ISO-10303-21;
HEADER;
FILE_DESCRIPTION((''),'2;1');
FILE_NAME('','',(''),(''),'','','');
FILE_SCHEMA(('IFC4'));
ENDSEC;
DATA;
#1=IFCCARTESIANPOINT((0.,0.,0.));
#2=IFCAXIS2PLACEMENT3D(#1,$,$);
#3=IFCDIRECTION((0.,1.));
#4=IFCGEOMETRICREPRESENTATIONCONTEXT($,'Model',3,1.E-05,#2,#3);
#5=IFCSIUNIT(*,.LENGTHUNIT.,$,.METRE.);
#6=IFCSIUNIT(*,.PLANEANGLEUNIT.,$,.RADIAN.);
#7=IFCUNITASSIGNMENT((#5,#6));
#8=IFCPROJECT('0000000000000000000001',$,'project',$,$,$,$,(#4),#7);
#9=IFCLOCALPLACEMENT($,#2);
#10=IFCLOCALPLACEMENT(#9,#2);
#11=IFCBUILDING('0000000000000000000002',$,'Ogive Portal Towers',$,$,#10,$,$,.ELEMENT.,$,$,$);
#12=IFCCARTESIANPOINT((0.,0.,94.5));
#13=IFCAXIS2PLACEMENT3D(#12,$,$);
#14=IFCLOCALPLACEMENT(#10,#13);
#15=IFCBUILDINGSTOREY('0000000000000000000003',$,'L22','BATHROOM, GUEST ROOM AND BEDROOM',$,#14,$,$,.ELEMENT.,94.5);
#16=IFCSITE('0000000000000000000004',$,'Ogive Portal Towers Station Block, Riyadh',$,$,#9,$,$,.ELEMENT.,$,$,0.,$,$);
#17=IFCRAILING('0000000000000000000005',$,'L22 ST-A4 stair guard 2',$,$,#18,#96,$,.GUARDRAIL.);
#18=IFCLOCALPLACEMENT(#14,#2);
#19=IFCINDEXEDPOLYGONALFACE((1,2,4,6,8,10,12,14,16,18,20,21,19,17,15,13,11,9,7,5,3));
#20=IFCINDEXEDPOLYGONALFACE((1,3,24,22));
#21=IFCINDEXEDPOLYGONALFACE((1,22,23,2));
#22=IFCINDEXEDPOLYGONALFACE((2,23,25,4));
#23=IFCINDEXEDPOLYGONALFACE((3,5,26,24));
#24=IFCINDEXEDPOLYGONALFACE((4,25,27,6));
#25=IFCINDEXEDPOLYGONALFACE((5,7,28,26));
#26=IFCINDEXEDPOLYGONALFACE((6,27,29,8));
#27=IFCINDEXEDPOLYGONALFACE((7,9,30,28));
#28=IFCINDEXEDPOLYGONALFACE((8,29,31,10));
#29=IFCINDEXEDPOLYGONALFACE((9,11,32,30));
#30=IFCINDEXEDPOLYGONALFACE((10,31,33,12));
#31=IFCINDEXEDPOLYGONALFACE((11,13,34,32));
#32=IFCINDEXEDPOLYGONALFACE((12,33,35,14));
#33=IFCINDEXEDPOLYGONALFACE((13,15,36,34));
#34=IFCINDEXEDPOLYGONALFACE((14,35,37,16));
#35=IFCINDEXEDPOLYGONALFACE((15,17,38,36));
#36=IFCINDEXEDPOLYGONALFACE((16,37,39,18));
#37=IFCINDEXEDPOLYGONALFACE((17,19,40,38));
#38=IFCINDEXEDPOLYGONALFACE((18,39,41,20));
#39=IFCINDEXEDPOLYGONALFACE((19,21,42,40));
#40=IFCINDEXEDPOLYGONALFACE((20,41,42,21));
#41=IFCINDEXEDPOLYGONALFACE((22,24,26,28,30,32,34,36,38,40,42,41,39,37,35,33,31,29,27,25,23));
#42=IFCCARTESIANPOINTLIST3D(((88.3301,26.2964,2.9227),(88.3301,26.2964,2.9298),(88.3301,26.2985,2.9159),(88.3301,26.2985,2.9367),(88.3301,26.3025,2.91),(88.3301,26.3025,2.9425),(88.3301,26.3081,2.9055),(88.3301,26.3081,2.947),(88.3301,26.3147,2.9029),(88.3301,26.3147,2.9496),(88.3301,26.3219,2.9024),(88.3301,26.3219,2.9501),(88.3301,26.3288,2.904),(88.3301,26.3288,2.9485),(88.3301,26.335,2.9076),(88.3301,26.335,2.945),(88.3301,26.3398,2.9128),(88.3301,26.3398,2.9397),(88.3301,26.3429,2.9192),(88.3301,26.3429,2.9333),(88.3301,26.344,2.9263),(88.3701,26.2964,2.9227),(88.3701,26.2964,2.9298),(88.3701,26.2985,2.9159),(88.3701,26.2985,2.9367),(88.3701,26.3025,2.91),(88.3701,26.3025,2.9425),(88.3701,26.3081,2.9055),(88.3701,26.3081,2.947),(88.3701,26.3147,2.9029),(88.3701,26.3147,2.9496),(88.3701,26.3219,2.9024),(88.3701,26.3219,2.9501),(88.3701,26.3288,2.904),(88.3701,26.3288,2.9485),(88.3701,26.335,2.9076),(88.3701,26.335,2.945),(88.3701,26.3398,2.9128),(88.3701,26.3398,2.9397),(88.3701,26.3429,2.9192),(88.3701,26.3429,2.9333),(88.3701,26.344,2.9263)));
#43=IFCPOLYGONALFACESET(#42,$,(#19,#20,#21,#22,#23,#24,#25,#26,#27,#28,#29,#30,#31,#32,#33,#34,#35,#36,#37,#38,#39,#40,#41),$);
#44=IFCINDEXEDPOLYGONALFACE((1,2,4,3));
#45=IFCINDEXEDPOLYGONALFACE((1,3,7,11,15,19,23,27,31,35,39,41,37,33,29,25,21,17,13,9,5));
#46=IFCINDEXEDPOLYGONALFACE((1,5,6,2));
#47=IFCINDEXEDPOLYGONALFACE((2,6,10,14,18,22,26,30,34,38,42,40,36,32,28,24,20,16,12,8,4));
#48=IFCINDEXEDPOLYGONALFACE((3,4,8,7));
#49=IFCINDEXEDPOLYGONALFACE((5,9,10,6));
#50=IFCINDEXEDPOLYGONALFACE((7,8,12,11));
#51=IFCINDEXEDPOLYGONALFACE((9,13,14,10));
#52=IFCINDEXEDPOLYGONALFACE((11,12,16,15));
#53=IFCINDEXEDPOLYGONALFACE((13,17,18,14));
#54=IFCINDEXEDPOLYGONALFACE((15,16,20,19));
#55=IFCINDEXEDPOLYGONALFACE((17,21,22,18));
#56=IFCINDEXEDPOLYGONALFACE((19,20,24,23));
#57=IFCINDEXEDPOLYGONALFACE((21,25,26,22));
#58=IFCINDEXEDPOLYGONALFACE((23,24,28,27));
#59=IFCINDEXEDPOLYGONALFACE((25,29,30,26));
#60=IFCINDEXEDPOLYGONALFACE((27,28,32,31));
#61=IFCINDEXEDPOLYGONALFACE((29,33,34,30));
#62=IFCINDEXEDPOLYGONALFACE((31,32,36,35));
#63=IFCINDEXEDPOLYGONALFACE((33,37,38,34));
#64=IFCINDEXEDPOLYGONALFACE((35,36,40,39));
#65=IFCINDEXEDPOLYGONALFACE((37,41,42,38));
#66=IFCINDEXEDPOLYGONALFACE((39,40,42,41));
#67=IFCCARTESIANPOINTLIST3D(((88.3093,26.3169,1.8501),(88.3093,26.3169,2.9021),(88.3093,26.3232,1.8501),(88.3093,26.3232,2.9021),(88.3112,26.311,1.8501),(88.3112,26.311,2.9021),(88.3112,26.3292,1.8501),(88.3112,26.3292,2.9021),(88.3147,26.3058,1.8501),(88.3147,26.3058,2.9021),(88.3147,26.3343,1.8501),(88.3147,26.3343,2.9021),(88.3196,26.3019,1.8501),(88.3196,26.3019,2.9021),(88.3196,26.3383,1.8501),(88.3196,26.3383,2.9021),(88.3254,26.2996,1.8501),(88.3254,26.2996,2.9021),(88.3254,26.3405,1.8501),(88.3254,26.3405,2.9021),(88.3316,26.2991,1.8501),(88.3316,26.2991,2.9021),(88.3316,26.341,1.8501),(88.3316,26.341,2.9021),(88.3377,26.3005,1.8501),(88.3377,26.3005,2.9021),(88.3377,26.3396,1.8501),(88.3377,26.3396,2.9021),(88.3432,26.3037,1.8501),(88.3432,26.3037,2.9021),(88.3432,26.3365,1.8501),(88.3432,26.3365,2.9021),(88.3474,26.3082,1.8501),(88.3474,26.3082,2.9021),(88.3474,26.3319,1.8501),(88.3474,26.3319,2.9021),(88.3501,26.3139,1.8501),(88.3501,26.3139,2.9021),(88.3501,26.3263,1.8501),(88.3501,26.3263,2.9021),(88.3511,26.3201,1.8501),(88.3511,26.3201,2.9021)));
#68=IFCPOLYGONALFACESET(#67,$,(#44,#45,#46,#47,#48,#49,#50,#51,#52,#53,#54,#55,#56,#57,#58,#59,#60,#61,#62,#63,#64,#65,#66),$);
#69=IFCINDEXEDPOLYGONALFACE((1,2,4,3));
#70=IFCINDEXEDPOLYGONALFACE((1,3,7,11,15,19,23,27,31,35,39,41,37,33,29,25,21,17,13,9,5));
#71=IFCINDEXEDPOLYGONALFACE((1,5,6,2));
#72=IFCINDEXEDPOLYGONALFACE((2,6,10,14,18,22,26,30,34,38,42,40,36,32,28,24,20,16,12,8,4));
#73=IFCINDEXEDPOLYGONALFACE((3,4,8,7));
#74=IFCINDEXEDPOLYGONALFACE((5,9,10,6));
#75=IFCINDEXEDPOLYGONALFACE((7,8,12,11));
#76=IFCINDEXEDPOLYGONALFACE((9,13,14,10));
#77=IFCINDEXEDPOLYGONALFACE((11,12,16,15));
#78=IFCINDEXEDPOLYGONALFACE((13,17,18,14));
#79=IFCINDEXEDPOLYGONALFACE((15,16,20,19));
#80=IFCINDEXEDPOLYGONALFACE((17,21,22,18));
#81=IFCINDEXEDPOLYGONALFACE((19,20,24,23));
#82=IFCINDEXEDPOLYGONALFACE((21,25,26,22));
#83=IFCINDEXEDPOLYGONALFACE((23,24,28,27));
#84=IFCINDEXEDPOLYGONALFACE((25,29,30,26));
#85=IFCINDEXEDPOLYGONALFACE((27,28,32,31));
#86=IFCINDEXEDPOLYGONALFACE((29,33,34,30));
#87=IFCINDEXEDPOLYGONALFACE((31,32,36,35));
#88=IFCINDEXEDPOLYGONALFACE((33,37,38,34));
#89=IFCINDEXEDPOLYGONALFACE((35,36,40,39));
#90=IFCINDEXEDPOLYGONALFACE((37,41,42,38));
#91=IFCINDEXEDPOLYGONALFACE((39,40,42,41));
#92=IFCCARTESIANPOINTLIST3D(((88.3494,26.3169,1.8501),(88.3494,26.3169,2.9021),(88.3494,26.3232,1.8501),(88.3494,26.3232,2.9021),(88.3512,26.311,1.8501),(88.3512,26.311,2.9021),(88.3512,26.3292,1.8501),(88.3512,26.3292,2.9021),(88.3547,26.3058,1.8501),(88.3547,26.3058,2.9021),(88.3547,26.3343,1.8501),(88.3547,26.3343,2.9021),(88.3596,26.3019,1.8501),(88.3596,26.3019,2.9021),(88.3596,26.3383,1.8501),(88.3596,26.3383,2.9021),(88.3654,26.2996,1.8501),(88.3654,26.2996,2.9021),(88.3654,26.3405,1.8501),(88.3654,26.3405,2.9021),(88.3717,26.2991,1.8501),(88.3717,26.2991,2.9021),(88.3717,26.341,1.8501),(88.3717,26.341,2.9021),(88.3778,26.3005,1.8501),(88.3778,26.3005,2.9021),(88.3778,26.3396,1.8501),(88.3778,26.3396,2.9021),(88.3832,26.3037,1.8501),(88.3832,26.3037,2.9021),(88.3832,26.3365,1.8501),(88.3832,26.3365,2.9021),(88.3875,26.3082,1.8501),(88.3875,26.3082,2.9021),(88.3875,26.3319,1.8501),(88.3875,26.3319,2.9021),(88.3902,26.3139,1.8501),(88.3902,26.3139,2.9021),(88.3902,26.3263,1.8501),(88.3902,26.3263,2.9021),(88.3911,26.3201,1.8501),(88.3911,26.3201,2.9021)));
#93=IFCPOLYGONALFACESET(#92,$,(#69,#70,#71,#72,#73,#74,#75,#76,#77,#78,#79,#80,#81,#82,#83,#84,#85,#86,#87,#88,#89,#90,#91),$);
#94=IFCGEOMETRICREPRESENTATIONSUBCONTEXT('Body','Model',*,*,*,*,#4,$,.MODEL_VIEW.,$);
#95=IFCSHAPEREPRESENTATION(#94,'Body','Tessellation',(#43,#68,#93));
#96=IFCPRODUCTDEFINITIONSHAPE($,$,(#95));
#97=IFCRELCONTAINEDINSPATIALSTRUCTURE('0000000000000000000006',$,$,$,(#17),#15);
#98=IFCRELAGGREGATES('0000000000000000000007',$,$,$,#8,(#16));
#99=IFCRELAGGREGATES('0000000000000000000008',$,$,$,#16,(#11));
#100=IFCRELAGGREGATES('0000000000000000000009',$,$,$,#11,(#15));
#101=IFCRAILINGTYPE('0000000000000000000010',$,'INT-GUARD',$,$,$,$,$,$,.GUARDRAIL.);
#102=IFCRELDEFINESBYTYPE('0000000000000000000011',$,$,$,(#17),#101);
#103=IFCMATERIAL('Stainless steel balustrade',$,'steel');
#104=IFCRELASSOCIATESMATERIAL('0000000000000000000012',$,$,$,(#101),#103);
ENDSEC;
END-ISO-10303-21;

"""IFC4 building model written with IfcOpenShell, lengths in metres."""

from ifc_helpers import new_model, si_unit, direction, frame, origin, origin_2d, place, context, subcontext, project, spatial, circle, extrude, material, type_object, element, save


model = new_model("IFC4")

# Units and contexts
model_context = context("Model", 3, precision=1e-05, world=origin(), true_north=direction((0.0, 1.0)))
body_context = subcontext(model_context, "Body", "Model", "MODEL_VIEW")
ifc_project = project(units=[si_unit("LENGTHUNIT", "METRE"), si_unit("PLANEANGLEUNIT", "RADIAN")], contexts=[model_context])

# Site, building, storey
site_placement = place(None, origin())
site = spatial("IfcSite", under=ifc_project, at=site_placement, Name="Ogive Portal Towers Station Block, Riyadh", CompositionType="ELEMENT", RefElevation=0.0)
building_placement = place(site_placement, origin())
building = spatial("IfcBuilding", under=site, at=building_placement, Name="Ogive Portal Towers", CompositionType="ELEMENT")
storey_placement = place(building_placement, frame((0.0, 0.0, 94.5)))
storey = spatial("IfcBuildingStorey", under=building, at=storey_placement, Name="L22", Description="BATHROOM, GUEST ROOM AND BEDROOM", CompositionType="ELEMENT", Elevation=94.5)

# Railing
ifc_material_1 = material(Name="Stainless steel balustrade", Category="steel")
railing_type_1 = type_object("IfcRailingType", Name="INT-GUARD", PredefinedType="GUARDRAIL", material=ifc_material_1)
railing_1_placement = place(storey_placement, frame((88.3301, 26.3201, 1.8501)))
element("IfcRailing", 1, at=railing_1_placement, inside=storey, type_object=railing_type_1, Name="L22 ST-A4 stair guard 2", PredefinedType="GUARDRAIL", context=body_context, shape_type="SweptSolid", body=[
    extrude(circle(Radius=0.0239, at=origin_2d()), frame((0.0, 0.0, 1.0762), z_axis=(1.0, 0.0, 0.0), x_axis=(0.0, 1.0, 0.0)), (0.0, 0.0, 1.0), 0.04),
    extrude(circle(Radius=0.021, at=origin_2d()), origin(), (0.0, 0.0, 1.0), 1.052),
    extrude(circle(Radius=0.021, at=origin_2d()), frame((0.04, 0.0, 0.0)), (0.0, 0.0, 1.0), 1.052),
])

save(model, "model.ifc")
